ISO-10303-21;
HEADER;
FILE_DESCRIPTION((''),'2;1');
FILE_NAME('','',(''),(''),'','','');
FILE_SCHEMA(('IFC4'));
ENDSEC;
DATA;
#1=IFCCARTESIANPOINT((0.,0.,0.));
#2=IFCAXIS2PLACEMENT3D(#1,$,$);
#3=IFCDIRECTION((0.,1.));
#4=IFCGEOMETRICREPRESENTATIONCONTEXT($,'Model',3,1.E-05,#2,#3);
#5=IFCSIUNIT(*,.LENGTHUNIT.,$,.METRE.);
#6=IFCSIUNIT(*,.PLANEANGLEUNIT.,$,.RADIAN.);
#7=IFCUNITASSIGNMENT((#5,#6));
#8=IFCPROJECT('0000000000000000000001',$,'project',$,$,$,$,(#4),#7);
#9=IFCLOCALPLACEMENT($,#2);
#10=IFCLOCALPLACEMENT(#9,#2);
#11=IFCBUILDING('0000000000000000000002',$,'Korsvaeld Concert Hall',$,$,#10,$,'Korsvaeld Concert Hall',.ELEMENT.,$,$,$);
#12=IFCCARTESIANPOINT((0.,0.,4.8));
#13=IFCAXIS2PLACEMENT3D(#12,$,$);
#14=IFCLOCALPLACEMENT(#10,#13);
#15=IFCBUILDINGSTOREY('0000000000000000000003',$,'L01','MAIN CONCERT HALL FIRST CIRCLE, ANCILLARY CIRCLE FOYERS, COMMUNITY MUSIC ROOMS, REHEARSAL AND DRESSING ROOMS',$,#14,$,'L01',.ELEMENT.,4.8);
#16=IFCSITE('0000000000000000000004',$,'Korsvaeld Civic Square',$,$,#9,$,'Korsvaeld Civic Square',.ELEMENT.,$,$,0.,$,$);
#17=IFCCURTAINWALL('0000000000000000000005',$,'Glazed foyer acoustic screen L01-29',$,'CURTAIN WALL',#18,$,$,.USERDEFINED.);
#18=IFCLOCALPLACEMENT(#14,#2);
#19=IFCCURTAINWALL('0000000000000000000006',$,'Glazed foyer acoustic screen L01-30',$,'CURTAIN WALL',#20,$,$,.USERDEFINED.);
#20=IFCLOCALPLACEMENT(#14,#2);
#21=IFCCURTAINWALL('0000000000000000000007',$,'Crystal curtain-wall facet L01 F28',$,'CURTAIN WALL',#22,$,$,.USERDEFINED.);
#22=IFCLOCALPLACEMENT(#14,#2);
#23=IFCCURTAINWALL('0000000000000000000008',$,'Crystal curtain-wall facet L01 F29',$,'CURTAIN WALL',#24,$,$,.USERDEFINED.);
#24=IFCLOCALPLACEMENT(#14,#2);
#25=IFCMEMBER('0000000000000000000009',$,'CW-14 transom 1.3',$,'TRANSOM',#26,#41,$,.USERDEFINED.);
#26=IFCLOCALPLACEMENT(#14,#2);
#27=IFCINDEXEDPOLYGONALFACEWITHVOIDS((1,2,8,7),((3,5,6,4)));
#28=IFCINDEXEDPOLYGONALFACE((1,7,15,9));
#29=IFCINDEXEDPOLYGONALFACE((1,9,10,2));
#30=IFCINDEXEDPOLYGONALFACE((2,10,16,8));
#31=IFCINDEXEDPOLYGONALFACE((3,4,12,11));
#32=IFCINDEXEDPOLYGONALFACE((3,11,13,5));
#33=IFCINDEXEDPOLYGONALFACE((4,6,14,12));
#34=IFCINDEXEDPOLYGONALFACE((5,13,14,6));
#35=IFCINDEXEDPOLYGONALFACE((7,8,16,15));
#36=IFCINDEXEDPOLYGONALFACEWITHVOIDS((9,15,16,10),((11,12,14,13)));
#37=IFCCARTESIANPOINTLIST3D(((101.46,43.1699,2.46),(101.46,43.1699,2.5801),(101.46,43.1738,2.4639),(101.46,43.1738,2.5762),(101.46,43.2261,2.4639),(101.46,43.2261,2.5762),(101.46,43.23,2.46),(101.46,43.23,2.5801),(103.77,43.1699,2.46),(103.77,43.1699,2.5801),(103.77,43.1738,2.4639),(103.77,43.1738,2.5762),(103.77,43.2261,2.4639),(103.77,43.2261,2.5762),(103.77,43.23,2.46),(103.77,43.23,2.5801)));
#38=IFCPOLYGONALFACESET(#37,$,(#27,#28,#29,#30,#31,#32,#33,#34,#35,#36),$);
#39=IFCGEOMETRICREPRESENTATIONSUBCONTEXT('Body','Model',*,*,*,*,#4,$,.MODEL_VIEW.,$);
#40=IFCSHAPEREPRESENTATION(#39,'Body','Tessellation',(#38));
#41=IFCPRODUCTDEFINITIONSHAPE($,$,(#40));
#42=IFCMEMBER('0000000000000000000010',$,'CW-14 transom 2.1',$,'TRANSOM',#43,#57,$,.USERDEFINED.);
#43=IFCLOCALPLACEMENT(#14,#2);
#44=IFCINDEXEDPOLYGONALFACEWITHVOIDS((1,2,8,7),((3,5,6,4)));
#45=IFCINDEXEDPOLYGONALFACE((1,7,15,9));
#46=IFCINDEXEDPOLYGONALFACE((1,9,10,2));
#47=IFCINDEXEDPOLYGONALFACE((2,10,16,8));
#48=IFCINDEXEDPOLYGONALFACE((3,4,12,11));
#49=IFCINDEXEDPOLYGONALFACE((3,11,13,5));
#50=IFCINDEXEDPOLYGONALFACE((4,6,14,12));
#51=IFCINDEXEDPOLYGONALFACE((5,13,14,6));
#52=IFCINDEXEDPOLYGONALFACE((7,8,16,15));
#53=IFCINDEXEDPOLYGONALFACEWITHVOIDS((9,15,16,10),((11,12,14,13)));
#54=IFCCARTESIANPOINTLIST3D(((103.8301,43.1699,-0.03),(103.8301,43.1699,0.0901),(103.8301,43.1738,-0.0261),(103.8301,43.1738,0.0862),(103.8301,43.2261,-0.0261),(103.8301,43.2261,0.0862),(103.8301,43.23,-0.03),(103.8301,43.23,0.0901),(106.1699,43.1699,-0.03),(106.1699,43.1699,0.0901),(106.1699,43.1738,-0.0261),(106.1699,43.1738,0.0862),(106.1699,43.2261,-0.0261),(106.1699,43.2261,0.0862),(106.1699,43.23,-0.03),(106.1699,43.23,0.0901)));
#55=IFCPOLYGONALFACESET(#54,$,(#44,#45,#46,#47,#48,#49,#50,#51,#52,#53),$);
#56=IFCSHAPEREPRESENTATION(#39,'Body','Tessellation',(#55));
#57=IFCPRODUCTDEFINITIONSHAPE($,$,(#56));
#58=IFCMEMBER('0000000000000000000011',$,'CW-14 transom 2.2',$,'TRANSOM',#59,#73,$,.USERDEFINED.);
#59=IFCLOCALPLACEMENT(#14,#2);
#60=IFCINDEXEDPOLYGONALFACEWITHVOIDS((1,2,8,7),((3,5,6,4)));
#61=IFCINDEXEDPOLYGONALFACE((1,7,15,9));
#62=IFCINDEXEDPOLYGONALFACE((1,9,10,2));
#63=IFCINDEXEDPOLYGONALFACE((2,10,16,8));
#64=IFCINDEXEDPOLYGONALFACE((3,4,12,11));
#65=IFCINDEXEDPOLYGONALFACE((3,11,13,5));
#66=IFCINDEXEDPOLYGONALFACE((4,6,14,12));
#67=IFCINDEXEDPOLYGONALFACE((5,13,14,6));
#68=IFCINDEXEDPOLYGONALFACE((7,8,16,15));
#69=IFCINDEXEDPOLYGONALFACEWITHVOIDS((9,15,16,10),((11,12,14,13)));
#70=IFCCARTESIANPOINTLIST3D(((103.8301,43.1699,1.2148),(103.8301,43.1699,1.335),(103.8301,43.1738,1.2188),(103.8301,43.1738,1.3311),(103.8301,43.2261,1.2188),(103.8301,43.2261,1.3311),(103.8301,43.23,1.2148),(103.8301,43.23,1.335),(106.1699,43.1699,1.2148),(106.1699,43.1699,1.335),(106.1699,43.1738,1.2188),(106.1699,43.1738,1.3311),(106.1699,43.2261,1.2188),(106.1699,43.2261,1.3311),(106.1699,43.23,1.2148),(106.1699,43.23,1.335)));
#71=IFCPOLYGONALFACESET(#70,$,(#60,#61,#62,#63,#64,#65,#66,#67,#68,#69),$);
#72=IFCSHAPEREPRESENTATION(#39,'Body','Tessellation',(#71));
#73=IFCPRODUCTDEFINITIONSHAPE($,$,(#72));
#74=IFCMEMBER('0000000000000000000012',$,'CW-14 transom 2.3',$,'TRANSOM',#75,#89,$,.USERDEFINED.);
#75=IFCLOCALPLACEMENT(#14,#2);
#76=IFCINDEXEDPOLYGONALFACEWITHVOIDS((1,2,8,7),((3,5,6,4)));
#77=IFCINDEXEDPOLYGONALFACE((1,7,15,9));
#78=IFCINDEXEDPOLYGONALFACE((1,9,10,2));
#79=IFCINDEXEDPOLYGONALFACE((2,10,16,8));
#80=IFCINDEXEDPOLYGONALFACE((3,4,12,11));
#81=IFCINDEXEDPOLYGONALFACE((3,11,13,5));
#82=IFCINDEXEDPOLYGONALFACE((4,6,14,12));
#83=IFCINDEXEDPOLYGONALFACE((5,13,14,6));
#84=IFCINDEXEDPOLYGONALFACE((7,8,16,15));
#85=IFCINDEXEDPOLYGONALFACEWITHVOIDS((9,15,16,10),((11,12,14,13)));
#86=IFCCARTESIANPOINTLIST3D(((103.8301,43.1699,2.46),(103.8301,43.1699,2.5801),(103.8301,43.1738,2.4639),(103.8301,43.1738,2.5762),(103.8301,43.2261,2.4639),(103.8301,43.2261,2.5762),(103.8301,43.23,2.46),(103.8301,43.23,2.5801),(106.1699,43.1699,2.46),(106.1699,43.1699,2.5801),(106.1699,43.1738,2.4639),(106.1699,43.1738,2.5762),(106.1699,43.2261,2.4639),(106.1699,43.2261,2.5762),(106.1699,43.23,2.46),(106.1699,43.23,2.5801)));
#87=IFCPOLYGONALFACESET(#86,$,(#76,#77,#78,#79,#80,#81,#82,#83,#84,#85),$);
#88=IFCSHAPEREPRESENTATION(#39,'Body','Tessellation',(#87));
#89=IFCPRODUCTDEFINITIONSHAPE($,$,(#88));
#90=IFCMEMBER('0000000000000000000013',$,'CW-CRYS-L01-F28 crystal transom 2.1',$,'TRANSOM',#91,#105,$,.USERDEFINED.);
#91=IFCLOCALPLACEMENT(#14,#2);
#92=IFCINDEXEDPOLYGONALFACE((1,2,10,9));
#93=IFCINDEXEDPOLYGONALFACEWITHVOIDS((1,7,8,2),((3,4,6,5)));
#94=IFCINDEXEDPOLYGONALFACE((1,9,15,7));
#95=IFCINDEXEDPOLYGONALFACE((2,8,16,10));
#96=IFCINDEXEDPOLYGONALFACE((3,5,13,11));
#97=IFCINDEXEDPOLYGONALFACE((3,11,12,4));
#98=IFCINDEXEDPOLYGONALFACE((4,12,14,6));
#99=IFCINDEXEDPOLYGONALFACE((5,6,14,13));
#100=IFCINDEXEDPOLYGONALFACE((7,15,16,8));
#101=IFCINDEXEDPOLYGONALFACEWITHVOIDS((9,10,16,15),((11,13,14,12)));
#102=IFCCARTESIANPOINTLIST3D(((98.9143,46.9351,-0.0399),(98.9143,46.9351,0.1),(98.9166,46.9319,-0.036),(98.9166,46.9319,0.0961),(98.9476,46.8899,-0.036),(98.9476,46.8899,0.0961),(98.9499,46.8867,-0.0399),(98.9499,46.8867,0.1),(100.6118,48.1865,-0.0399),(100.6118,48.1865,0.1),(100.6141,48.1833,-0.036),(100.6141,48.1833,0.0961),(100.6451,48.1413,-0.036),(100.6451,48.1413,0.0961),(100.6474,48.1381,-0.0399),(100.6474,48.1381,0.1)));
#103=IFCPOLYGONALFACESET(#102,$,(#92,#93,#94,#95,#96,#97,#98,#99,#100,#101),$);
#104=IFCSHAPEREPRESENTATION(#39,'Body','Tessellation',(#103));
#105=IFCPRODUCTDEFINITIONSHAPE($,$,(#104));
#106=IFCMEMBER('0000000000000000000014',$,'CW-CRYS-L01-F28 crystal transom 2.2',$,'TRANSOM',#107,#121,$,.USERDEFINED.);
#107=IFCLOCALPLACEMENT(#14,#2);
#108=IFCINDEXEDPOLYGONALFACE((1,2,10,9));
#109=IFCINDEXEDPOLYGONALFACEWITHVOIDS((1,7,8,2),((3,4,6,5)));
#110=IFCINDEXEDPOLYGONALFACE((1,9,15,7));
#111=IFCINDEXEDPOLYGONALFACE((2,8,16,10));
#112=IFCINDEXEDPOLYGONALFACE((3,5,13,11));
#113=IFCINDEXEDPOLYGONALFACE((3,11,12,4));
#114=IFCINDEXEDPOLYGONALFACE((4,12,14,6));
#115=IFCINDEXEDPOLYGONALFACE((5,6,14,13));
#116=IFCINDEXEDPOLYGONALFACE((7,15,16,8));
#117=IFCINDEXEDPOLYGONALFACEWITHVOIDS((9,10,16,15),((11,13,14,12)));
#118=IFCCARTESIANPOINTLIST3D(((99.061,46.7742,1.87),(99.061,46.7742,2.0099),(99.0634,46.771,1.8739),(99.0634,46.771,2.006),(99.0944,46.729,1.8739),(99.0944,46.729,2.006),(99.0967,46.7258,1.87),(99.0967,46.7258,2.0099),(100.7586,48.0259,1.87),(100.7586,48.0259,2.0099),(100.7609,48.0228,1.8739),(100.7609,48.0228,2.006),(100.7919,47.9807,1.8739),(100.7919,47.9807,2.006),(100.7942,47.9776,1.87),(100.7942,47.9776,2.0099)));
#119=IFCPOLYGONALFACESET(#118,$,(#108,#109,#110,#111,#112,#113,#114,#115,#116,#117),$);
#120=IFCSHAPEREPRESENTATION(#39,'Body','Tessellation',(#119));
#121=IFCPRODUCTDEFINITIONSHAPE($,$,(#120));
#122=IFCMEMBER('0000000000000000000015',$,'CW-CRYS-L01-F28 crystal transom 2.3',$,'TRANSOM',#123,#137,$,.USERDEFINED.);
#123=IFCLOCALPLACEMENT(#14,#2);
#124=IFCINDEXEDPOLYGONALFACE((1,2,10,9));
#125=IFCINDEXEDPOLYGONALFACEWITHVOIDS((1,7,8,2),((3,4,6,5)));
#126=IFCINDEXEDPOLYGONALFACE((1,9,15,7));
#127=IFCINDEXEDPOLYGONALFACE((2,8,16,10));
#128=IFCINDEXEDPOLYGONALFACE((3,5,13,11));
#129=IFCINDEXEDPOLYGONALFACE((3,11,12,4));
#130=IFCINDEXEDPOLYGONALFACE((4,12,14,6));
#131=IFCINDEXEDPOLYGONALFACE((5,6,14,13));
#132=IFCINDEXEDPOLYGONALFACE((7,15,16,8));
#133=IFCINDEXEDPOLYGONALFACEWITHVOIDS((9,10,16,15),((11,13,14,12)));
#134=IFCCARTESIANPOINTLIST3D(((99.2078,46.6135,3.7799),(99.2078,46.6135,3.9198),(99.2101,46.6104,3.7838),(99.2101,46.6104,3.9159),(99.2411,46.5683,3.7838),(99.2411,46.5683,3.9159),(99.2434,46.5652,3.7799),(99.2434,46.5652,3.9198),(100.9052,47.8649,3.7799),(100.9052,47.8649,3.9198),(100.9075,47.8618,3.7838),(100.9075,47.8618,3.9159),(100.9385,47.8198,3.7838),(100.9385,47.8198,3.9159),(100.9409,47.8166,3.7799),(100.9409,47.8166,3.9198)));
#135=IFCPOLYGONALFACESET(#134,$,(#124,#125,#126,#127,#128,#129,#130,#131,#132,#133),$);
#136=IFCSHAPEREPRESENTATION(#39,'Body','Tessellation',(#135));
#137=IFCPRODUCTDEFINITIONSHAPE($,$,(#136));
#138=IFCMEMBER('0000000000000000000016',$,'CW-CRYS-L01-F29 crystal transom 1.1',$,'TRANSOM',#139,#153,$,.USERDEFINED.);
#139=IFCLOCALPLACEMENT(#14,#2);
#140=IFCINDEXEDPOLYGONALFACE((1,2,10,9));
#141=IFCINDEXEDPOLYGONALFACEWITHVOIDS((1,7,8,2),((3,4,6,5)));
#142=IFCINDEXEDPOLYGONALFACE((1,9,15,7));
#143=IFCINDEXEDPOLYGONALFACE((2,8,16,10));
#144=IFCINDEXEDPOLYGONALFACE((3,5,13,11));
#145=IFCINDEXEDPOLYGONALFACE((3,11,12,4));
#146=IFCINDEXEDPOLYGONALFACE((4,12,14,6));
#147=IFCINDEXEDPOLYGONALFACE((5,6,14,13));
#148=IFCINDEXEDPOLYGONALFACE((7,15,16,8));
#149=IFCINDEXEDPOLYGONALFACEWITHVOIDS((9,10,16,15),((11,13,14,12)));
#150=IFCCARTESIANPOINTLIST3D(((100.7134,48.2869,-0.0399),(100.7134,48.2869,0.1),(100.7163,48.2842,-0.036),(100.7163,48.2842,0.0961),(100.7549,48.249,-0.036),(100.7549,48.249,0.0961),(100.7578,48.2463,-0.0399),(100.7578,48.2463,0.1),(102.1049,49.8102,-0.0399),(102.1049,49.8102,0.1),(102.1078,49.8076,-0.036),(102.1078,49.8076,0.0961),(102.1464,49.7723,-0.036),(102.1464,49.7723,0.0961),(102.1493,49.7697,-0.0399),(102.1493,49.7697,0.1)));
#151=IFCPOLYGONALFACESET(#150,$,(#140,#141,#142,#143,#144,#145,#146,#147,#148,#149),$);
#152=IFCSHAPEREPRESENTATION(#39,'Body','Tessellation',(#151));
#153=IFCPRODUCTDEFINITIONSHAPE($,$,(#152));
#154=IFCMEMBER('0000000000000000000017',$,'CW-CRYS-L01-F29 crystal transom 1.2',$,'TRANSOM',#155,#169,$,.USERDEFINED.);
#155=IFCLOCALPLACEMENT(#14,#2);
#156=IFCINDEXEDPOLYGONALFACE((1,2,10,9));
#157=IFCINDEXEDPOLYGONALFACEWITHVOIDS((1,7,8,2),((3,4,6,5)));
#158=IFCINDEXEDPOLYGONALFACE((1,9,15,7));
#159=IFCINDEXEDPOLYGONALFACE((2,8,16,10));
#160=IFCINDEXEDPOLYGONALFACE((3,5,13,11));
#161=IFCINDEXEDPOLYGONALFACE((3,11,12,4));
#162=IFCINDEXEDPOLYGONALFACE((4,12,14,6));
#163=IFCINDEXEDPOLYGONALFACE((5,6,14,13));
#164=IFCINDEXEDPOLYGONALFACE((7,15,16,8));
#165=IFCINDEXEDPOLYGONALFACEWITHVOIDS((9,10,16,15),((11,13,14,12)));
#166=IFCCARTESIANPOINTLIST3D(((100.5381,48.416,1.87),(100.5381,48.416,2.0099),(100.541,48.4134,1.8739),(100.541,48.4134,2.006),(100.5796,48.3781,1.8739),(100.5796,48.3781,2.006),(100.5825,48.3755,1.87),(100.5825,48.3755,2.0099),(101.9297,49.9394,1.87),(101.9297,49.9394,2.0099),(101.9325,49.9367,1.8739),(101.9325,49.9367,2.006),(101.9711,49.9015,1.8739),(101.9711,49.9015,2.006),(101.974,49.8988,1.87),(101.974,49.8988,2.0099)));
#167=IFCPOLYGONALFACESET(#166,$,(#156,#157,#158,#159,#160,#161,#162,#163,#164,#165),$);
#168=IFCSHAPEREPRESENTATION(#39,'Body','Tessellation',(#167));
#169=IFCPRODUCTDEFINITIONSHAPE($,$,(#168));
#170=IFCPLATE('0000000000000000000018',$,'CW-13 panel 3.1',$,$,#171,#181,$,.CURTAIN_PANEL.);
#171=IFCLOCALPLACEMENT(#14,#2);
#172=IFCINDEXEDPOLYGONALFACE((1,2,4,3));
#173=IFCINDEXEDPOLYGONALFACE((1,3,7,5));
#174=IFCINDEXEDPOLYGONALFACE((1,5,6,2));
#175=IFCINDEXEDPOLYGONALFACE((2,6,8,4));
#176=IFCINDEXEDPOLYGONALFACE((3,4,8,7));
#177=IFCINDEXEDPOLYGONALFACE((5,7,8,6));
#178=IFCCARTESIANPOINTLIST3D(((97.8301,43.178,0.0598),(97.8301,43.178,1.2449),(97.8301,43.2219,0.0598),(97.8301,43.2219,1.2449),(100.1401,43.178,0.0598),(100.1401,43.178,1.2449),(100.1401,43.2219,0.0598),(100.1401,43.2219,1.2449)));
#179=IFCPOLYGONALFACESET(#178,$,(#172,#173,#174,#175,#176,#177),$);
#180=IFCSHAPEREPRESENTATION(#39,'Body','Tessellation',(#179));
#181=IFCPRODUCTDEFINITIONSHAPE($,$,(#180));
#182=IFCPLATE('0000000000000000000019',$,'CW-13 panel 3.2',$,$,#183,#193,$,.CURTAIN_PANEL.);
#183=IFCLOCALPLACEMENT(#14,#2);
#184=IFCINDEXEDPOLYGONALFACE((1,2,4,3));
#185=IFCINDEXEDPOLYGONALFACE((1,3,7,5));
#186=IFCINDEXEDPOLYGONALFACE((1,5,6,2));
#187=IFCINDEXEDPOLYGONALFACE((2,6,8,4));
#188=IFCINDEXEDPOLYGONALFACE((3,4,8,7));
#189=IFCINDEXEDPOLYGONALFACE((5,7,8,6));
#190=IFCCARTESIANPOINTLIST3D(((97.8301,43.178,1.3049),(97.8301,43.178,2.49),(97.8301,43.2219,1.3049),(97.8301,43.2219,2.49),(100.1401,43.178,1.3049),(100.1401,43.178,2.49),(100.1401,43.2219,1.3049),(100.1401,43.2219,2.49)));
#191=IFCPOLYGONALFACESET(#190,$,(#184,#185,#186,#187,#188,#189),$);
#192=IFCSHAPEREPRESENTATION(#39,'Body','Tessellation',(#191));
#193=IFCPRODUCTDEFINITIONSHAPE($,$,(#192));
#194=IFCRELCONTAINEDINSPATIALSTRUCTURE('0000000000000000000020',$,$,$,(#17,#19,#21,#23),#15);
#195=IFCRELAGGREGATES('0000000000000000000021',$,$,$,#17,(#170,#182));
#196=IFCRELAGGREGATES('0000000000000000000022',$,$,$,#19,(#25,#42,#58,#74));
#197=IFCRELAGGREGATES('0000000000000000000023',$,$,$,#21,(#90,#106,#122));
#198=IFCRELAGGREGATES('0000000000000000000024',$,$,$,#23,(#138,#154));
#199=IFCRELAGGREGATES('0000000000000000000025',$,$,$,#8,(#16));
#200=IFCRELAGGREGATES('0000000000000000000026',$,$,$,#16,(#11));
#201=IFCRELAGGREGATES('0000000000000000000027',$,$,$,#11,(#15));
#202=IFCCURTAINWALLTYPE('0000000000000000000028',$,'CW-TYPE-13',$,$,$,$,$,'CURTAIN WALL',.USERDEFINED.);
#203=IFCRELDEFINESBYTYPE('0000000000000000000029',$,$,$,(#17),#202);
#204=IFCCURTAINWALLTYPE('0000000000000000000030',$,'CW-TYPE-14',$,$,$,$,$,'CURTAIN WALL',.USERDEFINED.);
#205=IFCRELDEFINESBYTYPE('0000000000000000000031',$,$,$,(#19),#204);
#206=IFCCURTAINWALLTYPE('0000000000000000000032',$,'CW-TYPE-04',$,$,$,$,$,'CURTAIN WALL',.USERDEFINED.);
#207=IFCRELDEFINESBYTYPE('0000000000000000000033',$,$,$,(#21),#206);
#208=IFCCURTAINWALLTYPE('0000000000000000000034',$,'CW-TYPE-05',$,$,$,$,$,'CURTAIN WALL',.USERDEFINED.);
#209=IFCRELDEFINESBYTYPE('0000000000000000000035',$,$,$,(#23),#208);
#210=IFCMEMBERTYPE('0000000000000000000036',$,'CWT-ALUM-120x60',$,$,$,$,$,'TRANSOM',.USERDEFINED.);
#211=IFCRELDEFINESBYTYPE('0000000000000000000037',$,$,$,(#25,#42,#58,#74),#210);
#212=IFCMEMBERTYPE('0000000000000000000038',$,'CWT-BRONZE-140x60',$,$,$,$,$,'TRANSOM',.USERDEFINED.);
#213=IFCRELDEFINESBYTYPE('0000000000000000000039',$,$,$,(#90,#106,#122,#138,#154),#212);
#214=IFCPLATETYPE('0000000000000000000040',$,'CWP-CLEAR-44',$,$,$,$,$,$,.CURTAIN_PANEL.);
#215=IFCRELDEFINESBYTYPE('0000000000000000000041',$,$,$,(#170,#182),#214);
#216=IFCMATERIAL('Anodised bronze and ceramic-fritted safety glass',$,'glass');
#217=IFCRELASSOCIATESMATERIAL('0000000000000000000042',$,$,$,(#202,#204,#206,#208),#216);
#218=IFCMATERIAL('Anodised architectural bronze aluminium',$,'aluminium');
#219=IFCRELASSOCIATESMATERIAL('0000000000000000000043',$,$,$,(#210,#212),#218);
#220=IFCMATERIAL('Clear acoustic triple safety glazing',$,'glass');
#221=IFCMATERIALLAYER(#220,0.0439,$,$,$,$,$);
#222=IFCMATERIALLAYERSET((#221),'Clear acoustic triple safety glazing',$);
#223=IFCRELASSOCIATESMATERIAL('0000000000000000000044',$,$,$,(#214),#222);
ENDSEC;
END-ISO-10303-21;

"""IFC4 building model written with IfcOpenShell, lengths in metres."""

from ifc_helpers import new_model, si_unit, direction, frame, origin, origin_2d, place, context, subcontext, project, spatial, rectangle, hollow_rectangle, extrude, material, layer, layer_set, material_profile, profile_set, type_object, element, aggregate, save


model = new_model("IFC4")

# Units and contexts
model_context = context("Model", 3, precision=1e-05, world=origin(), true_north=direction((0.0, 1.0)))
body_context = subcontext(model_context, "Body", "Model", "MODEL_VIEW")
ifc_project = project(units=[si_unit("LENGTHUNIT", "METRE"), si_unit("PLANEANGLEUNIT", "RADIAN")], contexts=[model_context])

# Site, building, storey
site_placement = place(None, origin())
site = spatial("IfcSite", under=ifc_project, at=site_placement, Name="Korsvaeld Civic Square", LongName="Korsvaeld Civic Square", CompositionType="ELEMENT", RefElevation=0.0)
building_placement = place(site_placement, origin())
building = spatial("IfcBuilding", under=site, at=building_placement, Name="Korsvaeld Concert Hall", LongName="Korsvaeld Concert Hall", CompositionType="ELEMENT")
storey_placement = place(building_placement, frame((0.0, 0.0, 4.8)))
storey = spatial("IfcBuildingStorey", under=building, at=storey_placement, Name="L01", Description="MAIN CONCERT HALL FIRST CIRCLE, ANCILLARY CIRCLE FOYERS, COMMUNITY MUSIC ROOMS, REHEARSAL AND DRESSING ROOMS", LongName="L01", CompositionType="ELEMENT", Elevation=4.8)

# Curtain wall
ifc_material_1 = material(Name="Anodised bronze and ceramic-fritted safety glass", Category="glass")
curtain_wall_type_1 = type_object("IfcCurtainWallType", Name="CW-TYPE-13", ElementType="CURTAIN WALL", PredefinedType="USERDEFINED", material=ifc_material_1)
curtain_wall_1_placement = place(storey_placement, origin())
curtain_wall_1 = element("IfcCurtainWall", 1, at=curtain_wall_1_placement, inside=storey, type_object=curtain_wall_type_1, Name="Glazed foyer acoustic screen L01-29", ObjectType="CURTAIN WALL", PredefinedType="USERDEFINED")
ifc_material_2 = material(Name="Anodised architectural bronze aluminium", Category="aluminium")

# Curtain walls
curtain_wall_type_2 = type_object("IfcCurtainWallType", Name="CW-TYPE-14", ElementType="CURTAIN WALL", PredefinedType="USERDEFINED", material=ifc_material_1)
curtain_wall_2_placement = place(storey_placement, origin())
curtain_wall_2 = element("IfcCurtainWall", 2, at=curtain_wall_2_placement, inside=storey, type_object=curtain_wall_type_2, Name="Glazed foyer acoustic screen L01-30", ObjectType="CURTAIN WALL", PredefinedType="USERDEFINED")
curtain_wall_type_3 = type_object("IfcCurtainWallType", Name="CW-TYPE-04", ElementType="CURTAIN WALL", PredefinedType="USERDEFINED", material=ifc_material_1)
curtain_wall_3_placement = place(storey_placement, origin())
curtain_wall_3 = element("IfcCurtainWall", 3, at=curtain_wall_3_placement, inside=storey, type_object=curtain_wall_type_3, Name="Crystal curtain-wall facet L01 F28", ObjectType="CURTAIN WALL", PredefinedType="USERDEFINED")

# Curtain wall
curtain_wall_type_4 = type_object("IfcCurtainWallType", Name="CW-TYPE-05", ElementType="CURTAIN WALL", PredefinedType="USERDEFINED", material=ifc_material_1)
curtain_wall_4_placement = place(storey_placement, origin())
curtain_wall_4 = element("IfcCurtainWall", 4, at=curtain_wall_4_placement, inside=storey, type_object=curtain_wall_type_4, Name="Crystal curtain-wall facet L01 F29", ObjectType="CURTAIN WALL", PredefinedType="USERDEFINED")

# Members
ifc_material_profile_1 = material_profile(ifc_material_2, hollow_rectangle(XDim=0.0601, YDim=0.1201, WallThickness=0.0039, at=origin_2d()), Name="CWT 120x60x4")
ifc_profile_set_1 = profile_set([ifc_material_profile_1], Name="Anodised architectural bronze aluminium")
member_type_1 = type_object("IfcMemberType", Name="CWT-ALUM-120x60", ElementType="TRANSOM", PredefinedType="USERDEFINED", material=ifc_profile_set_1)
member_1_placement = place(storey_placement, frame((101.46, 43.2, 2.52), z_axis=(1.0, 0.0, 0.0), x_axis=(0.0, 1.0, 0.0)))
member_1 = element("IfcMember", 5, at=member_1_placement, type_object=member_type_1, Name="CW-14 transom 1.3", ObjectType="TRANSOM", PredefinedType="USERDEFINED", context=body_context, shape_type="SweptSolid", body=[
    extrude(hollow_rectangle(XDim=0.0601, YDim=0.1201, WallThickness=0.0039, at=origin_2d()), origin(), (0.0, 0.0, 1.0), 2.3101),
])
member_2_placement = place(storey_placement, frame((103.8301, 43.2, 0.03), z_axis=(1.0, 0.0, 0.0), x_axis=(0.0, 1.0, 0.0)))
member_2 = element("IfcMember", 6, at=member_2_placement, type_object=member_type_1, Name="CW-14 transom 2.1", ObjectType="TRANSOM", PredefinedType="USERDEFINED", context=body_context, shape_type="SweptSolid", body=[
    extrude(hollow_rectangle(XDim=0.0601, YDim=0.1201, WallThickness=0.0039, at=origin_2d()), origin(), (0.0, 0.0, 1.0), 2.3398),
])
member_3_placement = place(storey_placement, frame((103.8301, 43.2, 1.2749), z_axis=(1.0, 0.0, 0.0), x_axis=(0.0, 1.0, 0.0)))
member_3 = element("IfcMember", 7, at=member_3_placement, type_object=member_type_1, Name="CW-14 transom 2.2", ObjectType="TRANSOM", PredefinedType="USERDEFINED", context=body_context, shape_type="SweptSolid", body=[
    extrude(hollow_rectangle(XDim=0.0601, YDim=0.1201, WallThickness=0.0039, at=origin_2d()), origin(), (0.0, 0.0, 1.0), 2.3398),
])
member_4_placement = place(storey_placement, frame((103.8301, 43.2, 2.52), z_axis=(1.0, 0.0, 0.0), x_axis=(0.0, 1.0, 0.0)))
member_4 = element("IfcMember", 8, at=member_4_placement, type_object=member_type_1, Name="CW-14 transom 2.3", ObjectType="TRANSOM", PredefinedType="USERDEFINED", context=body_context, shape_type="SweptSolid", body=[
    extrude(hollow_rectangle(XDim=0.0601, YDim=0.1201, WallThickness=0.0039, at=origin_2d()), origin(), (0.0, 0.0, 1.0), 2.3398),
])
ifc_material_profile_2 = material_profile(ifc_material_2, hollow_rectangle(XDim=0.0601, YDim=0.1399, WallThickness=0.0039, at=origin_2d()), Name="CWT 140x60x4")
ifc_profile_set_2 = profile_set([ifc_material_profile_2], Name="Anodised architectural bronze aluminium")
member_type_2 = type_object("IfcMemberType", Name="CWT-BRONZE-140x60", ElementType="TRANSOM", PredefinedType="USERDEFINED", material=ifc_profile_set_2)
member_5_placement = place(storey_placement, frame((98.9321, 46.9109, 0.03), z_axis=(0.804905, 0.593404, 0.0), x_axis=(-0.593404, 0.804905, 0.0)))
member_5 = element("IfcMember", 9, at=member_5_placement, type_object=member_type_2, Name="CW-CRYS-L01-F28 crystal transom 2.1", ObjectType="TRANSOM", PredefinedType="USERDEFINED", context=body_context, shape_type="SweptSolid", body=[
    extrude(hollow_rectangle(XDim=0.0601, YDim=0.1399, WallThickness=0.0039, at=origin_2d()), origin(), (0.0, 0.0, 1.0), 2.1089),
])
member_6_placement = place(storey_placement, frame((99.0789, 46.75, 1.9399), z_axis=(0.804849, 0.593479, 0.0), x_axis=(-0.593479, 0.804849, 0.0)))
member_6 = element("IfcMember", 10, at=member_6_placement, type_object=member_type_2, Name="CW-CRYS-L01-F28 crystal transom 2.2", ObjectType="TRANSOM", PredefinedType="USERDEFINED", context=body_context, shape_type="SweptSolid", body=[
    extrude(hollow_rectangle(XDim=0.0601, YDim=0.1399, WallThickness=0.0039, at=origin_2d()), origin(), (0.0, 0.0, 1.0), 2.1091),
])
member_7_placement = place(storey_placement, frame((99.2256, 46.5894, 3.8499), z_axis=(0.804905, 0.593404, 0.0), x_axis=(-0.593404, 0.804905, 0.0)))
member_7 = element("IfcMember", 11, at=member_7_placement, type_object=member_type_2, Name="CW-CRYS-L01-F28 crystal transom 2.3", ObjectType="TRANSOM", PredefinedType="USERDEFINED", context=body_context, shape_type="SweptSolid", body=[
    extrude(hollow_rectangle(XDim=0.0601, YDim=0.1399, WallThickness=0.0039, at=origin_2d()), origin(), (0.0, 0.0, 1.0), 2.1089),
])
member_8_placement = place(storey_placement, frame((100.7356, 48.2666, 0.03), z_axis=(0.674438, 0.738332, 0.0), x_axis=(-0.738332, 0.674438, 0.0)))
member_8 = element("IfcMember", 12, at=member_8_placement, type_object=member_type_2, Name="CW-CRYS-L01-F29 crystal transom 1.1", ObjectType="TRANSOM", PredefinedType="USERDEFINED", context=body_context, shape_type="SweptSolid", body=[
    extrude(hollow_rectangle(XDim=0.0601, YDim=0.1399, WallThickness=0.0039, at=origin_2d()), origin(), (0.0, 0.0, 1.0), 2.0632),
])
member_9_placement = place(storey_placement, frame((100.5603, 48.3958, 1.9399), z_axis=(0.674438, 0.738332, 0.0), x_axis=(-0.738332, 0.674438, 0.0)))
member_9 = element("IfcMember", 13, at=member_9_placement, type_object=member_type_2, Name="CW-CRYS-L01-F29 crystal transom 1.2", ObjectType="TRANSOM", PredefinedType="USERDEFINED", context=body_context, shape_type="SweptSolid", body=[
    extrude(hollow_rectangle(XDim=0.0601, YDim=0.1399, WallThickness=0.0039, at=origin_2d()), origin(), (0.0, 0.0, 1.0), 2.0632),
])

# Plates
ifc_material_3 = material(Name="Clear acoustic triple safety glazing", Category="glass")
ifc_layer_1 = layer(ifc_material_3, 0.0439)
ifc_layer_set_1 = layer_set([ifc_layer_1], Name="Clear acoustic triple safety glazing")
plate_type_1 = type_object("IfcPlateType", Name="CWP-CLEAR-44", PredefinedType="CURTAIN_PANEL", material=ifc_layer_set_1)
plate_1_placement = place(storey_placement, frame((98.9851, 43.2, 0.0598), z_axis=(0.0, 0.0, 1.0), x_axis=(1.0, 0.0, 0.0)))
plate_1 = element("IfcPlate", 14, at=plate_1_placement, type_object=plate_type_1, Name="CW-13 panel 3.1", PredefinedType="CURTAIN_PANEL", context=body_context, shape_type="SweptSolid", body=[
    extrude(rectangle(XDim=2.3101, YDim=0.0439, at=origin_2d()), origin(), (0.0, 0.0, 1.0), 1.1851),
])
plate_2_placement = place(storey_placement, frame((98.9851, 43.2, 1.3049), z_axis=(0.0, 0.0, 1.0), x_axis=(1.0, 0.0, 0.0)))
plate_2 = element("IfcPlate", 15, at=plate_2_placement, type_object=plate_type_1, Name="CW-13 panel 3.2", PredefinedType="CURTAIN_PANEL", context=body_context, shape_type="SweptSolid", body=[
    extrude(rectangle(XDim=2.3101, YDim=0.0439, at=origin_2d()), origin(), (0.0, 0.0, 1.0), 1.1851),
])
aggregate(curtain_wall_1, [plate_1, plate_2])
aggregate(curtain_wall_2, [member_1, member_2, member_3, member_4])
aggregate(curtain_wall_3, [member_5, member_6, member_7])
aggregate(curtain_wall_4, [member_8, member_9])

save(model, "model.ifc")
